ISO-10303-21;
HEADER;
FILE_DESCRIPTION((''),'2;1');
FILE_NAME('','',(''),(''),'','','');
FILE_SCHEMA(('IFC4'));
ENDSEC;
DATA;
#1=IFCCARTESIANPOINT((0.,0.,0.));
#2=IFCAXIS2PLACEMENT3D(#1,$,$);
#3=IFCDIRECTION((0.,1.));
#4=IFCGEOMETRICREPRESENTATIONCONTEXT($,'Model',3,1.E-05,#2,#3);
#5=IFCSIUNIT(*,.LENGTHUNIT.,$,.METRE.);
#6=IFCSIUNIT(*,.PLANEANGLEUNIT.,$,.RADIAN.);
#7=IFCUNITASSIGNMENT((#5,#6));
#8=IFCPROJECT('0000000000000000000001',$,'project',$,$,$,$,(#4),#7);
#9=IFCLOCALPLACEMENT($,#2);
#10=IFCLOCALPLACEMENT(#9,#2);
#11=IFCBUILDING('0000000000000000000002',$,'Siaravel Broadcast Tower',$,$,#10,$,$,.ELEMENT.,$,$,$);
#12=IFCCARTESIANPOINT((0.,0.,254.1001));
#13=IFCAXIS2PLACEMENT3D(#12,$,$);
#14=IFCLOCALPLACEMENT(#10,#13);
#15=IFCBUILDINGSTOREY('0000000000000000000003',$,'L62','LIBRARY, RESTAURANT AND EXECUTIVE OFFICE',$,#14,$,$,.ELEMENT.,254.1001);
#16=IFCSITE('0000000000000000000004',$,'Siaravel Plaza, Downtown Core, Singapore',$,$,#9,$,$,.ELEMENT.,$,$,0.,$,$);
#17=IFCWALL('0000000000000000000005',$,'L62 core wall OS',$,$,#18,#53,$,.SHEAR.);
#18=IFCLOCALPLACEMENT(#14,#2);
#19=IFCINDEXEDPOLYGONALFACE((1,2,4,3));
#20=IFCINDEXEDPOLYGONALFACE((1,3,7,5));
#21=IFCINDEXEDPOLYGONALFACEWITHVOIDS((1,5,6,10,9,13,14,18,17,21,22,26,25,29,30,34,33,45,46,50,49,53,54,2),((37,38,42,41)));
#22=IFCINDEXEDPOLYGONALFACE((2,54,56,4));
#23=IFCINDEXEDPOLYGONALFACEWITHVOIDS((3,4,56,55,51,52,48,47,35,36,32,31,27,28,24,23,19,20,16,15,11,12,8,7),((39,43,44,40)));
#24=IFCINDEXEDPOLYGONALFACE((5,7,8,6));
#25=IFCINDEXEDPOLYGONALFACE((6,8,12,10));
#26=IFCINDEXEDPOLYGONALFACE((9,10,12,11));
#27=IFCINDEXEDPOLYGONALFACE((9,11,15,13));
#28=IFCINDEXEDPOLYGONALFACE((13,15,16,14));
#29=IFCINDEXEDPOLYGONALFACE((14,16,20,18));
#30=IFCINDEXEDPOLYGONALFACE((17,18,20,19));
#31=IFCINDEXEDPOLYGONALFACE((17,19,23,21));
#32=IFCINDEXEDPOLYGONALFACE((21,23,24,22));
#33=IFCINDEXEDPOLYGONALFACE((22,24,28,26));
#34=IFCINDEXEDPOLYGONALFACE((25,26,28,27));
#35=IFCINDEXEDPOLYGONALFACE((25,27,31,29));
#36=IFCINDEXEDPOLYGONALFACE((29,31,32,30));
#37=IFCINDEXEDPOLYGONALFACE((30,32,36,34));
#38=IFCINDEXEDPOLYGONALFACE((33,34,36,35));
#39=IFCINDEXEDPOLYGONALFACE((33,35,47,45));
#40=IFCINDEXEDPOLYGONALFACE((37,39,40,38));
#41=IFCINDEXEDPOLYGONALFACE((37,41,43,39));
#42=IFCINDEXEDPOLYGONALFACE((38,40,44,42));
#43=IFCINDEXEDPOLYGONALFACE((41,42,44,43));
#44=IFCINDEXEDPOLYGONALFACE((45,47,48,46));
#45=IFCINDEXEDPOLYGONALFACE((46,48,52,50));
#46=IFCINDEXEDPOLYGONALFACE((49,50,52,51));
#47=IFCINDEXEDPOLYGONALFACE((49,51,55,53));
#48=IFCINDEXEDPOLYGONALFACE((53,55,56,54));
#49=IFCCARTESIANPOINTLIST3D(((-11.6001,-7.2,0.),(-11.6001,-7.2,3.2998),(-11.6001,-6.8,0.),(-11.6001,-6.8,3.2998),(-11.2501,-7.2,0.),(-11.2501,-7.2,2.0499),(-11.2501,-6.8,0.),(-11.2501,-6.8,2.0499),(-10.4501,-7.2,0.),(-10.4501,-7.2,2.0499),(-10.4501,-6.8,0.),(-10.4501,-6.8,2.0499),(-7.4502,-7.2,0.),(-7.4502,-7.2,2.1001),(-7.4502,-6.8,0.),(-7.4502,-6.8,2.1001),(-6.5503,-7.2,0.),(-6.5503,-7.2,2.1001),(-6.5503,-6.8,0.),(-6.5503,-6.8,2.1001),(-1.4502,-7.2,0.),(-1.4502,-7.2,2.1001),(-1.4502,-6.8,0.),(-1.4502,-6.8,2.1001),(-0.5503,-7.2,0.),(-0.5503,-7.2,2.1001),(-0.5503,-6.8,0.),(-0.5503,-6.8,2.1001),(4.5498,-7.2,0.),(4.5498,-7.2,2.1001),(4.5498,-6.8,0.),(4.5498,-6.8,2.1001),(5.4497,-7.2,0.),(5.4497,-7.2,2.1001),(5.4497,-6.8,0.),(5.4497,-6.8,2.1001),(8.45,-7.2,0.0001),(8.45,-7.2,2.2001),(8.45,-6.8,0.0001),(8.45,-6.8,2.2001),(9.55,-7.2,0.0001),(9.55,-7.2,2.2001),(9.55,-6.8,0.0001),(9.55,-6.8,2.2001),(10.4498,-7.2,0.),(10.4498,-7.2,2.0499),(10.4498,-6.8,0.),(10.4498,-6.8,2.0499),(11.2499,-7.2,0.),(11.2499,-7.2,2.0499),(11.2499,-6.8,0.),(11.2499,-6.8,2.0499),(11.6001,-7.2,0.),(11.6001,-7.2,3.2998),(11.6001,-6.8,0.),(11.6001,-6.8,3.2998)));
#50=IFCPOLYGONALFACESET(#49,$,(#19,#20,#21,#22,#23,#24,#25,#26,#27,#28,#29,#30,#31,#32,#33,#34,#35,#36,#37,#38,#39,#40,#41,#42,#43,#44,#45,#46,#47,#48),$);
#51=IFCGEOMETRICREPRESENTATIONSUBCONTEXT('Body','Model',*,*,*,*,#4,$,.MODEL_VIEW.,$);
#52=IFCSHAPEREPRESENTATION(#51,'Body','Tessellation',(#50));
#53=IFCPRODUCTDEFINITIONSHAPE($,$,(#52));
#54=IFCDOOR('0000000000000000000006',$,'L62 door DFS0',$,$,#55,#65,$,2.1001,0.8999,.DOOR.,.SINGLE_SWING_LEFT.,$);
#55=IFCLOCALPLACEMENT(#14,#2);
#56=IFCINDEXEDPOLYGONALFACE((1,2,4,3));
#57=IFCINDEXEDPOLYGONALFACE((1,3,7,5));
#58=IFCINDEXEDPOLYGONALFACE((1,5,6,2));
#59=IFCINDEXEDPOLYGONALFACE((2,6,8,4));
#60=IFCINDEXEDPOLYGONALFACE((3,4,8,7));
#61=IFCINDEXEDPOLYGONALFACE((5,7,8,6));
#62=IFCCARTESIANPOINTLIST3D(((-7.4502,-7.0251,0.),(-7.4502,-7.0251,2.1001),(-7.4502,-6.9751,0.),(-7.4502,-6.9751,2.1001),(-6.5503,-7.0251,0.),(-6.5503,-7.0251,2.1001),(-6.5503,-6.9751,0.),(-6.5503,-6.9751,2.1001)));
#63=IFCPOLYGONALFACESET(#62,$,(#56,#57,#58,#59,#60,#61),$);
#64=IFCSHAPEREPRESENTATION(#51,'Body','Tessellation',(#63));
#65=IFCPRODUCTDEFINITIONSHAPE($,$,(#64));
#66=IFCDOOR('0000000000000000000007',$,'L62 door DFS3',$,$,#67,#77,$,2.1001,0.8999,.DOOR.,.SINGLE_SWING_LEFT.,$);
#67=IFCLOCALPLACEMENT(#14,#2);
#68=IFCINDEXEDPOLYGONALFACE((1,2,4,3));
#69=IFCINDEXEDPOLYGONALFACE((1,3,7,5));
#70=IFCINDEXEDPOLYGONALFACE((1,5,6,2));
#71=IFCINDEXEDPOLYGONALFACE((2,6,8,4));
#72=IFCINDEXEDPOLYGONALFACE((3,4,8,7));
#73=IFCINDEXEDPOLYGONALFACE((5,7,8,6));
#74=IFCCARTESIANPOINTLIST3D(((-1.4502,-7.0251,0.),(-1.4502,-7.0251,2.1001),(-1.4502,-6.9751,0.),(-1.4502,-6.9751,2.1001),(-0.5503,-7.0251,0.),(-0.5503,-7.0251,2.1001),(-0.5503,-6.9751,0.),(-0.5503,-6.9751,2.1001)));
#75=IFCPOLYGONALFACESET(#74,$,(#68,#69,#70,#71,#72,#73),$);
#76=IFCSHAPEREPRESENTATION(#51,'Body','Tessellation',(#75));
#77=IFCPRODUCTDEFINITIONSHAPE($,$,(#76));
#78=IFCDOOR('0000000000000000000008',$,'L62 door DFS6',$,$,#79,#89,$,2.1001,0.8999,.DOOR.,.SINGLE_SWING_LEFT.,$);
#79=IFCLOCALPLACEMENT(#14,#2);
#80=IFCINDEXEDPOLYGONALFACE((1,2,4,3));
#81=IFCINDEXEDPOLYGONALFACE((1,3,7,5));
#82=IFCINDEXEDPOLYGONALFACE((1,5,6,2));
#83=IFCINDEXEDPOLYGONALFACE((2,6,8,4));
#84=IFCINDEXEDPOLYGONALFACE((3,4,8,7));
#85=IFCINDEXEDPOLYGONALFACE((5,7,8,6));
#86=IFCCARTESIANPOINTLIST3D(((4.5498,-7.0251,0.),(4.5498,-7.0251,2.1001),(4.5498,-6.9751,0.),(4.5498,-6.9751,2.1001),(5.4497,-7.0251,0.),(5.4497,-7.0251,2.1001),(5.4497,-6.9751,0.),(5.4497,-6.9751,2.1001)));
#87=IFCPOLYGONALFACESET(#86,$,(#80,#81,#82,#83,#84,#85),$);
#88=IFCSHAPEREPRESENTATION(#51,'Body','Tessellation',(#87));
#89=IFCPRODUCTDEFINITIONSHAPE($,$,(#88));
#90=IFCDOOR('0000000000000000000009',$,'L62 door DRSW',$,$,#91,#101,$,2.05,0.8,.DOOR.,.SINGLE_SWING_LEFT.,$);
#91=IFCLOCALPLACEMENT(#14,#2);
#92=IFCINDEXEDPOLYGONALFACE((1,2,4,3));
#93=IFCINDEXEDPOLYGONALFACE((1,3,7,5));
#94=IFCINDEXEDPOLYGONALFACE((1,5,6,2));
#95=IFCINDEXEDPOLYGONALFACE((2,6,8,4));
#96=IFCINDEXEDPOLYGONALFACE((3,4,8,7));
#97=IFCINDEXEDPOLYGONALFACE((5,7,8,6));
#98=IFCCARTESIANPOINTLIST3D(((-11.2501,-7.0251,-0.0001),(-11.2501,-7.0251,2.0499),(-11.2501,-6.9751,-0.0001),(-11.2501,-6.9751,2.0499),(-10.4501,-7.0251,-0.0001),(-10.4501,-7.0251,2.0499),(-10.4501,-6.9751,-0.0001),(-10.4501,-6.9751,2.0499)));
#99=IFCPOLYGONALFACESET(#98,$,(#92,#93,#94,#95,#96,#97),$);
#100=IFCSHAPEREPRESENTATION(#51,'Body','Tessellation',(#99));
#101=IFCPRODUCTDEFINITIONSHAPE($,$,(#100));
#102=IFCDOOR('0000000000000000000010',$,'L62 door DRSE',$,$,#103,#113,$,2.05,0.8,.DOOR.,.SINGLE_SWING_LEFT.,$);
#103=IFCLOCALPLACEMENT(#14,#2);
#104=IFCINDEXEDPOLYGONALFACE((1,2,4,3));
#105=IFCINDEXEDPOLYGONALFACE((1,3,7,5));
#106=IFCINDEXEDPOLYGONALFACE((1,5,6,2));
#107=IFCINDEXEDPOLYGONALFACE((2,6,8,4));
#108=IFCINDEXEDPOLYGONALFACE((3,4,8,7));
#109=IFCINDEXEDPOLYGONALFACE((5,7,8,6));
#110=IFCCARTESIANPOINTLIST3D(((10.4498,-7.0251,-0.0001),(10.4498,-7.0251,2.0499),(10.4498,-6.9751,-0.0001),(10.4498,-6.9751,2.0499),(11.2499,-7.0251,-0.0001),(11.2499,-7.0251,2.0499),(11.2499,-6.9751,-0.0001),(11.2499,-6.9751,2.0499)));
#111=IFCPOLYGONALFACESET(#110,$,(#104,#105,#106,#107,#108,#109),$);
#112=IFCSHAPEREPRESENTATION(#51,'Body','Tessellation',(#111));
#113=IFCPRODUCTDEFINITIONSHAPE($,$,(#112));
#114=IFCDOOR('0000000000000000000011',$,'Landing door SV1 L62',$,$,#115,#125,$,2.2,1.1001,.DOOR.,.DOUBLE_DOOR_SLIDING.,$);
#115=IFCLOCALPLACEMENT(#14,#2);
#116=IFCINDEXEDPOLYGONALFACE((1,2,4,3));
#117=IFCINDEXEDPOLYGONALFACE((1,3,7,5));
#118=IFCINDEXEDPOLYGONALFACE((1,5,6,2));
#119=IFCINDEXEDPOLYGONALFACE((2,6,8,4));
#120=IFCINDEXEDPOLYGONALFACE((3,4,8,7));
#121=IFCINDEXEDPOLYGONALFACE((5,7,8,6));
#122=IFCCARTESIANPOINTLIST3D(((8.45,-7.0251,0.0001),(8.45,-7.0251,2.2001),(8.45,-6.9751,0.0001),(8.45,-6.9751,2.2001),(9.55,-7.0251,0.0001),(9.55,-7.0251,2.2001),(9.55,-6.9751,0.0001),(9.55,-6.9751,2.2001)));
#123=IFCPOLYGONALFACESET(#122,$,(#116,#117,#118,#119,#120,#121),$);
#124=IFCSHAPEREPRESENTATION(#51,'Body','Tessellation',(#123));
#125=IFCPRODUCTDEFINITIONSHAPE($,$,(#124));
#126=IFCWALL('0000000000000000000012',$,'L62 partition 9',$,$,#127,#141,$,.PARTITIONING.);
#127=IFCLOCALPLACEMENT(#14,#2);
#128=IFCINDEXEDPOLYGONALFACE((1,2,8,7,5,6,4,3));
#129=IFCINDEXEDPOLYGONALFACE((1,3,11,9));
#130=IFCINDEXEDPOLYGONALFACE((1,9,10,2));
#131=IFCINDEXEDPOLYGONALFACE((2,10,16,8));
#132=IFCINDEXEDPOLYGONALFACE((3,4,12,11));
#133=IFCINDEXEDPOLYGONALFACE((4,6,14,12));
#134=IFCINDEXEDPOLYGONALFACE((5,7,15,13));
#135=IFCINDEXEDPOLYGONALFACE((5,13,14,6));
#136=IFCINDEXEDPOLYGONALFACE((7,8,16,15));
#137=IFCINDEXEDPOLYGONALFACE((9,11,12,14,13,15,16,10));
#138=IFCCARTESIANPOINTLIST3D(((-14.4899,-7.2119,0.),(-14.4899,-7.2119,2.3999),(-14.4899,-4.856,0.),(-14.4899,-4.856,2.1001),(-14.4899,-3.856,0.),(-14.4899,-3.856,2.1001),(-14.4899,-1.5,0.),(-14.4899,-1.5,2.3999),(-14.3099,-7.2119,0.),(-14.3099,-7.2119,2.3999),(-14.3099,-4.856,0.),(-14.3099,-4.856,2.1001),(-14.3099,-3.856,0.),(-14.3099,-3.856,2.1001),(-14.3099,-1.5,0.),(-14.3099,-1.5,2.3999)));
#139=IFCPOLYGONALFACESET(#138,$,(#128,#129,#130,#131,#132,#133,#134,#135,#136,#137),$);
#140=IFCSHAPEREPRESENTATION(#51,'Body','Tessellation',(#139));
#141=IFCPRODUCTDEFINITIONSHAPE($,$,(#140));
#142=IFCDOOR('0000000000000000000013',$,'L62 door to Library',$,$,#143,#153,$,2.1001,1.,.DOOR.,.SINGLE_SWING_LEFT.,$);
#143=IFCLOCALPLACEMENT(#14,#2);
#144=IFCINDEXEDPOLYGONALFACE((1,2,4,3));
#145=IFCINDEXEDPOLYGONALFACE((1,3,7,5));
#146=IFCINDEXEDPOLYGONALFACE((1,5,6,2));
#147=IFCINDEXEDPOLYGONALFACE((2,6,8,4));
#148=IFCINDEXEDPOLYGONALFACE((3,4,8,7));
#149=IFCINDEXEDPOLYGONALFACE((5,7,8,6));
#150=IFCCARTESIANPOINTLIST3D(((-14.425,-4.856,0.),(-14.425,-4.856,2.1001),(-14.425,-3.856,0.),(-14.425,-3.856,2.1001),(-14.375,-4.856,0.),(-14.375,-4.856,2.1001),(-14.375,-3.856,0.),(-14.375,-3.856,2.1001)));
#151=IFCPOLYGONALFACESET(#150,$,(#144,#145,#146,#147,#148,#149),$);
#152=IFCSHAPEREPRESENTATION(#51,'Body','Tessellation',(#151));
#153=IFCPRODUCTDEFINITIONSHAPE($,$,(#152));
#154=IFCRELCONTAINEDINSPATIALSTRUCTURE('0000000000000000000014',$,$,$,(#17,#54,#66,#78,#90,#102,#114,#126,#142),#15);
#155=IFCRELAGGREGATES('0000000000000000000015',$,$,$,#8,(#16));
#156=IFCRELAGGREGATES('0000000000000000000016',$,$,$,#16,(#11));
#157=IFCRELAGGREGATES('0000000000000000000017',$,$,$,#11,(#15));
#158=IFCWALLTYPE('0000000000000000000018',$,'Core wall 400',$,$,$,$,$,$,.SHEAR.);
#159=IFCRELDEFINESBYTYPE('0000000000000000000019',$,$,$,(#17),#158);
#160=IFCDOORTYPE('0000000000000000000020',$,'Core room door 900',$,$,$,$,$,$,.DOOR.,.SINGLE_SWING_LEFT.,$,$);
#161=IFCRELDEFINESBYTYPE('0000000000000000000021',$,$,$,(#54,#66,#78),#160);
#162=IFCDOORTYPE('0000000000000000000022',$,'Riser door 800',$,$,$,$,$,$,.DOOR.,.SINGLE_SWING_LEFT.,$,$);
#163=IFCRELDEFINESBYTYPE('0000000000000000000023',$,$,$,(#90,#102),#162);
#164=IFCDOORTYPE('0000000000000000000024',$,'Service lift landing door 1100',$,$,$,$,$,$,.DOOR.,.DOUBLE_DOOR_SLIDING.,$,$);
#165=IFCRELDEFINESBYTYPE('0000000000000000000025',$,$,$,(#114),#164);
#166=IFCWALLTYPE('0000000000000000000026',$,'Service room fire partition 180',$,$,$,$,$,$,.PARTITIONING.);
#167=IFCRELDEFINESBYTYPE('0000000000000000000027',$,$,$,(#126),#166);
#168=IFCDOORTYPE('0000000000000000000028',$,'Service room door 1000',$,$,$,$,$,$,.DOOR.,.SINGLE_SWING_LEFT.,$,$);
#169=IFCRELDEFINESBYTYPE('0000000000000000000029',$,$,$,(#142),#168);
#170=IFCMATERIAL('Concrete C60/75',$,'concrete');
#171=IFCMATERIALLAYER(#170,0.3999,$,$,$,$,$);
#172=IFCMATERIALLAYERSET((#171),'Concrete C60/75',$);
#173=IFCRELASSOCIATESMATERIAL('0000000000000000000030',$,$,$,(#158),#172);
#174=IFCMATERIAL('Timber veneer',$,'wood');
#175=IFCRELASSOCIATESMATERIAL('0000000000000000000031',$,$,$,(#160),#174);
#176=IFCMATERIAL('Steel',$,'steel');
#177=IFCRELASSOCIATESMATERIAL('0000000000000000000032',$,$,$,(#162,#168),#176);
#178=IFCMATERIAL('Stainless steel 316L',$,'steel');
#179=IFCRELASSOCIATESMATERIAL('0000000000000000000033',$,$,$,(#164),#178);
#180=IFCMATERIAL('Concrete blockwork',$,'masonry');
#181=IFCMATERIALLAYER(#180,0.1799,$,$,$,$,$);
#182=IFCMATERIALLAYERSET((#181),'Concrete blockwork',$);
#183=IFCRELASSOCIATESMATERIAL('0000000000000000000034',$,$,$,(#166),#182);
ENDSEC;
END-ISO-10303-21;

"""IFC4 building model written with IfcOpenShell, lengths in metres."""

from ifc_helpers import new_model, si_unit, direction, frame, frame_2d, origin, place, context, subcontext, project, spatial, rectangle, extrude, material, layer, layer_set, type_object, element, fill, save


model = new_model("IFC4")

# Units and contexts
model_context = context("Model", 3, precision=1e-05, world=origin(), true_north=direction((0.0, 1.0)))
body_context = subcontext(model_context, "Body", "Model", "MODEL_VIEW")
ifc_project = project(units=[si_unit("LENGTHUNIT", "METRE"), si_unit("PLANEANGLEUNIT", "RADIAN")], contexts=[model_context])

# Site, building, storey
site_placement = place(None, origin())
site = spatial("IfcSite", under=ifc_project, at=site_placement, Name="Siaravel Plaza, Downtown Core, Singapore", CompositionType="ELEMENT", RefElevation=0.0)
building_placement = place(site_placement, origin())
building = spatial("IfcBuilding", under=site, at=building_placement, Name="Siaravel Broadcast Tower", CompositionType="ELEMENT")
storey_placement = place(building_placement, frame((0.0, 0.0, 254.1001)))
storey = spatial("IfcBuildingStorey", under=building, at=storey_placement, Name="L62", Description="LIBRARY, RESTAURANT AND EXECUTIVE OFFICE", CompositionType="ELEMENT", Elevation=254.1001)

# Shared definitions
ifc_material_1 = material(Name="Concrete C60/75", Category="concrete")
ifc_layer_1 = layer(ifc_material_1, 0.3999)
ifc_layer_set_1 = layer_set([ifc_layer_1], Name="Concrete C60/75")
wall_type_1 = type_object("IfcWallType", Name="Core wall 400", PredefinedType="SHEAR", material=ifc_layer_set_1)
ifc_material_2 = material(Name="Steel", Category="steel")

# Wall, openings, doors
wall_1_placement = place(storey_placement, frame((-11.6001, -7.0, 0.0), z_axis=(0.0, 0.0, 1.0), x_axis=(1.0, 0.0, 0.0)))
wall_1 = element("IfcWall", 1, at=wall_1_placement, inside=storey, type_object=wall_type_1, Name="L62 core wall OS", PredefinedType="SHEAR", context=body_context, shape_type="SweptSolid", body=[
    extrude(rectangle(XDim=23.2002, YDim=0.3999, at=frame_2d((11.6001, 0.0))), origin(), (0.0, 0.0, 1.0), 3.2998),
])
opening_1_placement = place(wall_1_placement, frame((20.05, 0.0, 0.0)))
opening_1 = element("IfcOpeningElement", 2, at=opening_1_placement, cuts=wall_1, PredefinedType="OPENING", context=body_context, shape_type="SweptSolid", body=[
    extrude(rectangle(XDim=1.1001, YDim=2.2, at=frame_2d((0.55, 1.1001))), frame((0.0, 0.21, 0.0), z_axis=(0.0, -1.0, 0.0), x_axis=(1.0, 0.0, 0.0)), (0.0, 0.0, 1.0), 0.4199),
])
opening_2_placement = place(wall_1_placement, frame((4.1499, 0.0, 0.0)))
opening_2 = element("IfcOpeningElement", 3, at=opening_2_placement, cuts=wall_1, PredefinedType="OPENING", context=body_context, shape_type="SweptSolid", body=[
    extrude(rectangle(XDim=0.8999, YDim=2.1001, at=frame_2d((0.45, 1.05))), frame((0.0, 0.21, 0.0), z_axis=(0.0, -1.0, 0.0), x_axis=(1.0, 0.0, 0.0)), (0.0, 0.0, 1.0), 0.4199),
])
opening_3_placement = place(wall_1_placement, frame((10.1499, 0.0, 0.0)))
opening_3 = element("IfcOpeningElement", 4, at=opening_3_placement, cuts=wall_1, PredefinedType="OPENING", context=body_context, shape_type="SweptSolid", body=[
    extrude(rectangle(XDim=0.8999, YDim=2.1001, at=frame_2d((0.45, 1.05))), frame((0.0, 0.21, 0.0), z_axis=(0.0, -1.0, 0.0), x_axis=(1.0, 0.0, 0.0)), (0.0, 0.0, 1.0), 0.4199),
])
opening_4_placement = place(wall_1_placement, frame((16.1499, 0.0, 0.0)))
opening_4 = element("IfcOpeningElement", 5, at=opening_4_placement, cuts=wall_1, PredefinedType="OPENING", context=body_context, shape_type="SweptSolid", body=[
    extrude(rectangle(XDim=0.8999, YDim=2.1001, at=frame_2d((0.45, 1.05))), frame((0.0, 0.21, 0.0), z_axis=(0.0, -1.0, 0.0), x_axis=(1.0, 0.0, 0.0)), (0.0, 0.0, 1.0), 0.4199),
])
opening_5_placement = place(wall_1_placement, frame((0.3501, 0.0, 0.0)))
opening_5 = element("IfcOpeningElement", 6, at=opening_5_placement, cuts=wall_1, PredefinedType="OPENING", context=body_context, shape_type="SweptSolid", body=[
    extrude(rectangle(XDim=0.8, YDim=2.05, at=frame_2d((0.3999, 1.0249))), frame((0.0, 0.21, 0.0), z_axis=(0.0, -1.0, 0.0), x_axis=(1.0, 0.0, 0.0)), (0.0, 0.0, 1.0), 0.4199),
])
opening_6_placement = place(wall_1_placement, frame((22.05, 0.0, 0.0)))
opening_6 = element("IfcOpeningElement", 7, at=opening_6_placement, cuts=wall_1, PredefinedType="OPENING", context=body_context, shape_type="SweptSolid", body=[
    extrude(rectangle(XDim=0.8, YDim=2.05, at=frame_2d((0.3999, 1.0249))), frame((0.0, 0.21, 0.0), z_axis=(0.0, -1.0, 0.0), x_axis=(1.0, 0.0, 0.0)), (0.0, 0.0, 1.0), 0.4199),
])
ifc_material_3 = material(Name="Timber veneer", Category="wood")
door_type_1 = type_object("IfcDoorType", Name="Core room door 900", OperationType="SINGLE_SWING_LEFT", PredefinedType="DOOR", material=ifc_material_3)
door_1_placement = place(opening_2_placement, origin())
door_1 = element("IfcDoor", 8, at=door_1_placement, inside=storey, type_object=door_type_1, Name="L62 door DFS0", OperationType="SINGLE_SWING_LEFT", OverallHeight=2.1001, OverallWidth=0.8999, PredefinedType="DOOR", context=body_context, shape_type="SweptSolid", body=[
    extrude(rectangle(XDim=0.8999, YDim=2.1001, at=frame_2d((0.45, 1.05))), frame((0.0, 0.0249, 0.0), z_axis=(0.0, -1.0, 0.0), x_axis=(1.0, 0.0, 0.0)), (0.0, 0.0, 1.0), 0.05),
])
fill(opening_2, door_1)
door_2_placement = place(opening_3_placement, origin())
door_2 = element("IfcDoor", 9, at=door_2_placement, inside=storey, type_object=door_type_1, Name="L62 door DFS3", OperationType="SINGLE_SWING_LEFT", OverallHeight=2.1001, OverallWidth=0.8999, PredefinedType="DOOR", context=body_context, shape_type="SweptSolid", body=[
    extrude(rectangle(XDim=0.8999, YDim=2.1001, at=frame_2d((0.45, 1.05))), frame((0.0, 0.0249, 0.0), z_axis=(0.0, -1.0, 0.0), x_axis=(1.0, 0.0, 0.0)), (0.0, 0.0, 1.0), 0.05),
])
fill(opening_3, door_2)
door_3_placement = place(opening_4_placement, origin())
door_3 = element("IfcDoor", 10, at=door_3_placement, inside=storey, type_object=door_type_1, Name="L62 door DFS6", OperationType="SINGLE_SWING_LEFT", OverallHeight=2.1001, OverallWidth=0.8999, PredefinedType="DOOR", context=body_context, shape_type="SweptSolid", body=[
    extrude(rectangle(XDim=0.8999, YDim=2.1001, at=frame_2d((0.45, 1.05))), frame((0.0, 0.0249, 0.0), z_axis=(0.0, -1.0, 0.0), x_axis=(1.0, 0.0, 0.0)), (0.0, 0.0, 1.0), 0.05),
])
fill(opening_4, door_3)
door_type_2 = type_object("IfcDoorType", Name="Riser door 800", OperationType="SINGLE_SWING_LEFT", PredefinedType="DOOR", material=ifc_material_2)
door_4_placement = place(opening_5_placement, origin())
door_4 = element("IfcDoor", 11, at=door_4_placement, inside=storey, type_object=door_type_2, Name="L62 door DRSW", OperationType="SINGLE_SWING_LEFT", OverallHeight=2.05, OverallWidth=0.8, PredefinedType="DOOR", context=body_context, shape_type="SweptSolid", body=[
    extrude(rectangle(XDim=0.8, YDim=2.05, at=frame_2d((0.3999, 1.0249))), frame((0.0, 0.0249, 0.0), z_axis=(0.0, -1.0, 0.0), x_axis=(1.0, 0.0, 0.0)), (0.0, 0.0, 1.0), 0.05),
])
fill(opening_5, door_4)
door_5_placement = place(opening_6_placement, origin())
door_5 = element("IfcDoor", 12, at=door_5_placement, inside=storey, type_object=door_type_2, Name="L62 door DRSE", OperationType="SINGLE_SWING_LEFT", OverallHeight=2.05, OverallWidth=0.8, PredefinedType="DOOR", context=body_context, shape_type="SweptSolid", body=[
    extrude(rectangle(XDim=0.8, YDim=2.05, at=frame_2d((0.3999, 1.0249))), frame((0.0, 0.0249, 0.0), z_axis=(0.0, -1.0, 0.0), x_axis=(1.0, 0.0, 0.0)), (0.0, 0.0, 1.0), 0.05),
])
fill(opening_6, door_5)
ifc_material_4 = material(Name="Stainless steel 316L", Category="steel")
door_type_3 = type_object("IfcDoorType", Name="Service lift landing door 1100", OperationType="DOUBLE_DOOR_SLIDING", PredefinedType="DOOR", material=ifc_material_4)
door_6_placement = place(opening_1_placement, origin())
door_6 = element("IfcDoor", 13, at=door_6_placement, inside=storey, type_object=door_type_3, Name="Landing door SV1 L62", OperationType="DOUBLE_DOOR_SLIDING", OverallHeight=2.2, OverallWidth=1.1001, PredefinedType="DOOR", context=body_context, shape_type="SweptSolid", body=[
    extrude(rectangle(XDim=1.1001, YDim=2.2, at=frame_2d((0.55, 1.1001))), frame((0.0, 0.0249, 0.0), z_axis=(0.0, -1.0, 0.0), x_axis=(1.0, 0.0, 0.0)), (0.0, 0.0, 1.0), 0.05),
])
fill(opening_1, door_6)

# Wall, opening, door
ifc_material_5 = material(Name="Concrete blockwork", Category="masonry")
ifc_layer_2 = layer(ifc_material_5, 0.1799)
ifc_layer_set_2 = layer_set([ifc_layer_2], Name="Concrete blockwork")
wall_type_2 = type_object("IfcWallType", Name="Service room fire partition 180", PredefinedType="PARTITIONING", material=ifc_layer_set_2)
wall_2_placement = place(storey_placement, frame((-14.3999, -1.5, 0.0), z_axis=(0.0, 0.0, 1.0), x_axis=(0.0, -1.0, 0.0)))
wall_2 = element("IfcWall", 14, at=wall_2_placement, inside=storey, type_object=wall_type_2, Name="L62 partition 9", PredefinedType="PARTITIONING", context=body_context, shape_type="SweptSolid", body=[
    extrude(rectangle(XDim=5.7119, YDim=0.1799, at=frame_2d((2.856, 0.0))), origin(), (0.0, 0.0, 1.0), 2.3999),
])
opening_7_placement = place(wall_2_placement, frame((2.356, 0.0, 0.0)))
opening_7 = element("IfcOpeningElement", 15, at=opening_7_placement, cuts=wall_2, PredefinedType="OPENING", context=body_context, shape_type="SweptSolid", body=[
    extrude(rectangle(XDim=1.0, YDim=2.1001, at=frame_2d((0.5, 1.05))), frame((0.0, 0.0999, 0.0), z_axis=(0.0, -1.0, 0.0), x_axis=(1.0, 0.0, 0.0)), (0.0, 0.0, 1.0), 0.2),
])
door_type_4 = type_object("IfcDoorType", Name="Service room door 1000", OperationType="SINGLE_SWING_LEFT", PredefinedType="DOOR", material=ifc_material_2)
door_7_placement = place(opening_7_placement, origin())
door_7 = element("IfcDoor", 16, at=door_7_placement, inside=storey, type_object=door_type_4, Name="L62 door to Library", OperationType="SINGLE_SWING_LEFT", OverallHeight=2.1001, OverallWidth=1.0, PredefinedType="DOOR", context=body_context, shape_type="SweptSolid", body=[
    extrude(rectangle(XDim=1.0, YDim=2.1001, at=frame_2d((0.5, 1.05))), frame((0.0, 0.0249, 0.0), z_axis=(0.0, -1.0, 0.0), x_axis=(1.0, 0.0, 0.0)), (0.0, 0.0, 1.0), 0.05),
])
fill(opening_7, door_7)

save(model, "model.ifc")
